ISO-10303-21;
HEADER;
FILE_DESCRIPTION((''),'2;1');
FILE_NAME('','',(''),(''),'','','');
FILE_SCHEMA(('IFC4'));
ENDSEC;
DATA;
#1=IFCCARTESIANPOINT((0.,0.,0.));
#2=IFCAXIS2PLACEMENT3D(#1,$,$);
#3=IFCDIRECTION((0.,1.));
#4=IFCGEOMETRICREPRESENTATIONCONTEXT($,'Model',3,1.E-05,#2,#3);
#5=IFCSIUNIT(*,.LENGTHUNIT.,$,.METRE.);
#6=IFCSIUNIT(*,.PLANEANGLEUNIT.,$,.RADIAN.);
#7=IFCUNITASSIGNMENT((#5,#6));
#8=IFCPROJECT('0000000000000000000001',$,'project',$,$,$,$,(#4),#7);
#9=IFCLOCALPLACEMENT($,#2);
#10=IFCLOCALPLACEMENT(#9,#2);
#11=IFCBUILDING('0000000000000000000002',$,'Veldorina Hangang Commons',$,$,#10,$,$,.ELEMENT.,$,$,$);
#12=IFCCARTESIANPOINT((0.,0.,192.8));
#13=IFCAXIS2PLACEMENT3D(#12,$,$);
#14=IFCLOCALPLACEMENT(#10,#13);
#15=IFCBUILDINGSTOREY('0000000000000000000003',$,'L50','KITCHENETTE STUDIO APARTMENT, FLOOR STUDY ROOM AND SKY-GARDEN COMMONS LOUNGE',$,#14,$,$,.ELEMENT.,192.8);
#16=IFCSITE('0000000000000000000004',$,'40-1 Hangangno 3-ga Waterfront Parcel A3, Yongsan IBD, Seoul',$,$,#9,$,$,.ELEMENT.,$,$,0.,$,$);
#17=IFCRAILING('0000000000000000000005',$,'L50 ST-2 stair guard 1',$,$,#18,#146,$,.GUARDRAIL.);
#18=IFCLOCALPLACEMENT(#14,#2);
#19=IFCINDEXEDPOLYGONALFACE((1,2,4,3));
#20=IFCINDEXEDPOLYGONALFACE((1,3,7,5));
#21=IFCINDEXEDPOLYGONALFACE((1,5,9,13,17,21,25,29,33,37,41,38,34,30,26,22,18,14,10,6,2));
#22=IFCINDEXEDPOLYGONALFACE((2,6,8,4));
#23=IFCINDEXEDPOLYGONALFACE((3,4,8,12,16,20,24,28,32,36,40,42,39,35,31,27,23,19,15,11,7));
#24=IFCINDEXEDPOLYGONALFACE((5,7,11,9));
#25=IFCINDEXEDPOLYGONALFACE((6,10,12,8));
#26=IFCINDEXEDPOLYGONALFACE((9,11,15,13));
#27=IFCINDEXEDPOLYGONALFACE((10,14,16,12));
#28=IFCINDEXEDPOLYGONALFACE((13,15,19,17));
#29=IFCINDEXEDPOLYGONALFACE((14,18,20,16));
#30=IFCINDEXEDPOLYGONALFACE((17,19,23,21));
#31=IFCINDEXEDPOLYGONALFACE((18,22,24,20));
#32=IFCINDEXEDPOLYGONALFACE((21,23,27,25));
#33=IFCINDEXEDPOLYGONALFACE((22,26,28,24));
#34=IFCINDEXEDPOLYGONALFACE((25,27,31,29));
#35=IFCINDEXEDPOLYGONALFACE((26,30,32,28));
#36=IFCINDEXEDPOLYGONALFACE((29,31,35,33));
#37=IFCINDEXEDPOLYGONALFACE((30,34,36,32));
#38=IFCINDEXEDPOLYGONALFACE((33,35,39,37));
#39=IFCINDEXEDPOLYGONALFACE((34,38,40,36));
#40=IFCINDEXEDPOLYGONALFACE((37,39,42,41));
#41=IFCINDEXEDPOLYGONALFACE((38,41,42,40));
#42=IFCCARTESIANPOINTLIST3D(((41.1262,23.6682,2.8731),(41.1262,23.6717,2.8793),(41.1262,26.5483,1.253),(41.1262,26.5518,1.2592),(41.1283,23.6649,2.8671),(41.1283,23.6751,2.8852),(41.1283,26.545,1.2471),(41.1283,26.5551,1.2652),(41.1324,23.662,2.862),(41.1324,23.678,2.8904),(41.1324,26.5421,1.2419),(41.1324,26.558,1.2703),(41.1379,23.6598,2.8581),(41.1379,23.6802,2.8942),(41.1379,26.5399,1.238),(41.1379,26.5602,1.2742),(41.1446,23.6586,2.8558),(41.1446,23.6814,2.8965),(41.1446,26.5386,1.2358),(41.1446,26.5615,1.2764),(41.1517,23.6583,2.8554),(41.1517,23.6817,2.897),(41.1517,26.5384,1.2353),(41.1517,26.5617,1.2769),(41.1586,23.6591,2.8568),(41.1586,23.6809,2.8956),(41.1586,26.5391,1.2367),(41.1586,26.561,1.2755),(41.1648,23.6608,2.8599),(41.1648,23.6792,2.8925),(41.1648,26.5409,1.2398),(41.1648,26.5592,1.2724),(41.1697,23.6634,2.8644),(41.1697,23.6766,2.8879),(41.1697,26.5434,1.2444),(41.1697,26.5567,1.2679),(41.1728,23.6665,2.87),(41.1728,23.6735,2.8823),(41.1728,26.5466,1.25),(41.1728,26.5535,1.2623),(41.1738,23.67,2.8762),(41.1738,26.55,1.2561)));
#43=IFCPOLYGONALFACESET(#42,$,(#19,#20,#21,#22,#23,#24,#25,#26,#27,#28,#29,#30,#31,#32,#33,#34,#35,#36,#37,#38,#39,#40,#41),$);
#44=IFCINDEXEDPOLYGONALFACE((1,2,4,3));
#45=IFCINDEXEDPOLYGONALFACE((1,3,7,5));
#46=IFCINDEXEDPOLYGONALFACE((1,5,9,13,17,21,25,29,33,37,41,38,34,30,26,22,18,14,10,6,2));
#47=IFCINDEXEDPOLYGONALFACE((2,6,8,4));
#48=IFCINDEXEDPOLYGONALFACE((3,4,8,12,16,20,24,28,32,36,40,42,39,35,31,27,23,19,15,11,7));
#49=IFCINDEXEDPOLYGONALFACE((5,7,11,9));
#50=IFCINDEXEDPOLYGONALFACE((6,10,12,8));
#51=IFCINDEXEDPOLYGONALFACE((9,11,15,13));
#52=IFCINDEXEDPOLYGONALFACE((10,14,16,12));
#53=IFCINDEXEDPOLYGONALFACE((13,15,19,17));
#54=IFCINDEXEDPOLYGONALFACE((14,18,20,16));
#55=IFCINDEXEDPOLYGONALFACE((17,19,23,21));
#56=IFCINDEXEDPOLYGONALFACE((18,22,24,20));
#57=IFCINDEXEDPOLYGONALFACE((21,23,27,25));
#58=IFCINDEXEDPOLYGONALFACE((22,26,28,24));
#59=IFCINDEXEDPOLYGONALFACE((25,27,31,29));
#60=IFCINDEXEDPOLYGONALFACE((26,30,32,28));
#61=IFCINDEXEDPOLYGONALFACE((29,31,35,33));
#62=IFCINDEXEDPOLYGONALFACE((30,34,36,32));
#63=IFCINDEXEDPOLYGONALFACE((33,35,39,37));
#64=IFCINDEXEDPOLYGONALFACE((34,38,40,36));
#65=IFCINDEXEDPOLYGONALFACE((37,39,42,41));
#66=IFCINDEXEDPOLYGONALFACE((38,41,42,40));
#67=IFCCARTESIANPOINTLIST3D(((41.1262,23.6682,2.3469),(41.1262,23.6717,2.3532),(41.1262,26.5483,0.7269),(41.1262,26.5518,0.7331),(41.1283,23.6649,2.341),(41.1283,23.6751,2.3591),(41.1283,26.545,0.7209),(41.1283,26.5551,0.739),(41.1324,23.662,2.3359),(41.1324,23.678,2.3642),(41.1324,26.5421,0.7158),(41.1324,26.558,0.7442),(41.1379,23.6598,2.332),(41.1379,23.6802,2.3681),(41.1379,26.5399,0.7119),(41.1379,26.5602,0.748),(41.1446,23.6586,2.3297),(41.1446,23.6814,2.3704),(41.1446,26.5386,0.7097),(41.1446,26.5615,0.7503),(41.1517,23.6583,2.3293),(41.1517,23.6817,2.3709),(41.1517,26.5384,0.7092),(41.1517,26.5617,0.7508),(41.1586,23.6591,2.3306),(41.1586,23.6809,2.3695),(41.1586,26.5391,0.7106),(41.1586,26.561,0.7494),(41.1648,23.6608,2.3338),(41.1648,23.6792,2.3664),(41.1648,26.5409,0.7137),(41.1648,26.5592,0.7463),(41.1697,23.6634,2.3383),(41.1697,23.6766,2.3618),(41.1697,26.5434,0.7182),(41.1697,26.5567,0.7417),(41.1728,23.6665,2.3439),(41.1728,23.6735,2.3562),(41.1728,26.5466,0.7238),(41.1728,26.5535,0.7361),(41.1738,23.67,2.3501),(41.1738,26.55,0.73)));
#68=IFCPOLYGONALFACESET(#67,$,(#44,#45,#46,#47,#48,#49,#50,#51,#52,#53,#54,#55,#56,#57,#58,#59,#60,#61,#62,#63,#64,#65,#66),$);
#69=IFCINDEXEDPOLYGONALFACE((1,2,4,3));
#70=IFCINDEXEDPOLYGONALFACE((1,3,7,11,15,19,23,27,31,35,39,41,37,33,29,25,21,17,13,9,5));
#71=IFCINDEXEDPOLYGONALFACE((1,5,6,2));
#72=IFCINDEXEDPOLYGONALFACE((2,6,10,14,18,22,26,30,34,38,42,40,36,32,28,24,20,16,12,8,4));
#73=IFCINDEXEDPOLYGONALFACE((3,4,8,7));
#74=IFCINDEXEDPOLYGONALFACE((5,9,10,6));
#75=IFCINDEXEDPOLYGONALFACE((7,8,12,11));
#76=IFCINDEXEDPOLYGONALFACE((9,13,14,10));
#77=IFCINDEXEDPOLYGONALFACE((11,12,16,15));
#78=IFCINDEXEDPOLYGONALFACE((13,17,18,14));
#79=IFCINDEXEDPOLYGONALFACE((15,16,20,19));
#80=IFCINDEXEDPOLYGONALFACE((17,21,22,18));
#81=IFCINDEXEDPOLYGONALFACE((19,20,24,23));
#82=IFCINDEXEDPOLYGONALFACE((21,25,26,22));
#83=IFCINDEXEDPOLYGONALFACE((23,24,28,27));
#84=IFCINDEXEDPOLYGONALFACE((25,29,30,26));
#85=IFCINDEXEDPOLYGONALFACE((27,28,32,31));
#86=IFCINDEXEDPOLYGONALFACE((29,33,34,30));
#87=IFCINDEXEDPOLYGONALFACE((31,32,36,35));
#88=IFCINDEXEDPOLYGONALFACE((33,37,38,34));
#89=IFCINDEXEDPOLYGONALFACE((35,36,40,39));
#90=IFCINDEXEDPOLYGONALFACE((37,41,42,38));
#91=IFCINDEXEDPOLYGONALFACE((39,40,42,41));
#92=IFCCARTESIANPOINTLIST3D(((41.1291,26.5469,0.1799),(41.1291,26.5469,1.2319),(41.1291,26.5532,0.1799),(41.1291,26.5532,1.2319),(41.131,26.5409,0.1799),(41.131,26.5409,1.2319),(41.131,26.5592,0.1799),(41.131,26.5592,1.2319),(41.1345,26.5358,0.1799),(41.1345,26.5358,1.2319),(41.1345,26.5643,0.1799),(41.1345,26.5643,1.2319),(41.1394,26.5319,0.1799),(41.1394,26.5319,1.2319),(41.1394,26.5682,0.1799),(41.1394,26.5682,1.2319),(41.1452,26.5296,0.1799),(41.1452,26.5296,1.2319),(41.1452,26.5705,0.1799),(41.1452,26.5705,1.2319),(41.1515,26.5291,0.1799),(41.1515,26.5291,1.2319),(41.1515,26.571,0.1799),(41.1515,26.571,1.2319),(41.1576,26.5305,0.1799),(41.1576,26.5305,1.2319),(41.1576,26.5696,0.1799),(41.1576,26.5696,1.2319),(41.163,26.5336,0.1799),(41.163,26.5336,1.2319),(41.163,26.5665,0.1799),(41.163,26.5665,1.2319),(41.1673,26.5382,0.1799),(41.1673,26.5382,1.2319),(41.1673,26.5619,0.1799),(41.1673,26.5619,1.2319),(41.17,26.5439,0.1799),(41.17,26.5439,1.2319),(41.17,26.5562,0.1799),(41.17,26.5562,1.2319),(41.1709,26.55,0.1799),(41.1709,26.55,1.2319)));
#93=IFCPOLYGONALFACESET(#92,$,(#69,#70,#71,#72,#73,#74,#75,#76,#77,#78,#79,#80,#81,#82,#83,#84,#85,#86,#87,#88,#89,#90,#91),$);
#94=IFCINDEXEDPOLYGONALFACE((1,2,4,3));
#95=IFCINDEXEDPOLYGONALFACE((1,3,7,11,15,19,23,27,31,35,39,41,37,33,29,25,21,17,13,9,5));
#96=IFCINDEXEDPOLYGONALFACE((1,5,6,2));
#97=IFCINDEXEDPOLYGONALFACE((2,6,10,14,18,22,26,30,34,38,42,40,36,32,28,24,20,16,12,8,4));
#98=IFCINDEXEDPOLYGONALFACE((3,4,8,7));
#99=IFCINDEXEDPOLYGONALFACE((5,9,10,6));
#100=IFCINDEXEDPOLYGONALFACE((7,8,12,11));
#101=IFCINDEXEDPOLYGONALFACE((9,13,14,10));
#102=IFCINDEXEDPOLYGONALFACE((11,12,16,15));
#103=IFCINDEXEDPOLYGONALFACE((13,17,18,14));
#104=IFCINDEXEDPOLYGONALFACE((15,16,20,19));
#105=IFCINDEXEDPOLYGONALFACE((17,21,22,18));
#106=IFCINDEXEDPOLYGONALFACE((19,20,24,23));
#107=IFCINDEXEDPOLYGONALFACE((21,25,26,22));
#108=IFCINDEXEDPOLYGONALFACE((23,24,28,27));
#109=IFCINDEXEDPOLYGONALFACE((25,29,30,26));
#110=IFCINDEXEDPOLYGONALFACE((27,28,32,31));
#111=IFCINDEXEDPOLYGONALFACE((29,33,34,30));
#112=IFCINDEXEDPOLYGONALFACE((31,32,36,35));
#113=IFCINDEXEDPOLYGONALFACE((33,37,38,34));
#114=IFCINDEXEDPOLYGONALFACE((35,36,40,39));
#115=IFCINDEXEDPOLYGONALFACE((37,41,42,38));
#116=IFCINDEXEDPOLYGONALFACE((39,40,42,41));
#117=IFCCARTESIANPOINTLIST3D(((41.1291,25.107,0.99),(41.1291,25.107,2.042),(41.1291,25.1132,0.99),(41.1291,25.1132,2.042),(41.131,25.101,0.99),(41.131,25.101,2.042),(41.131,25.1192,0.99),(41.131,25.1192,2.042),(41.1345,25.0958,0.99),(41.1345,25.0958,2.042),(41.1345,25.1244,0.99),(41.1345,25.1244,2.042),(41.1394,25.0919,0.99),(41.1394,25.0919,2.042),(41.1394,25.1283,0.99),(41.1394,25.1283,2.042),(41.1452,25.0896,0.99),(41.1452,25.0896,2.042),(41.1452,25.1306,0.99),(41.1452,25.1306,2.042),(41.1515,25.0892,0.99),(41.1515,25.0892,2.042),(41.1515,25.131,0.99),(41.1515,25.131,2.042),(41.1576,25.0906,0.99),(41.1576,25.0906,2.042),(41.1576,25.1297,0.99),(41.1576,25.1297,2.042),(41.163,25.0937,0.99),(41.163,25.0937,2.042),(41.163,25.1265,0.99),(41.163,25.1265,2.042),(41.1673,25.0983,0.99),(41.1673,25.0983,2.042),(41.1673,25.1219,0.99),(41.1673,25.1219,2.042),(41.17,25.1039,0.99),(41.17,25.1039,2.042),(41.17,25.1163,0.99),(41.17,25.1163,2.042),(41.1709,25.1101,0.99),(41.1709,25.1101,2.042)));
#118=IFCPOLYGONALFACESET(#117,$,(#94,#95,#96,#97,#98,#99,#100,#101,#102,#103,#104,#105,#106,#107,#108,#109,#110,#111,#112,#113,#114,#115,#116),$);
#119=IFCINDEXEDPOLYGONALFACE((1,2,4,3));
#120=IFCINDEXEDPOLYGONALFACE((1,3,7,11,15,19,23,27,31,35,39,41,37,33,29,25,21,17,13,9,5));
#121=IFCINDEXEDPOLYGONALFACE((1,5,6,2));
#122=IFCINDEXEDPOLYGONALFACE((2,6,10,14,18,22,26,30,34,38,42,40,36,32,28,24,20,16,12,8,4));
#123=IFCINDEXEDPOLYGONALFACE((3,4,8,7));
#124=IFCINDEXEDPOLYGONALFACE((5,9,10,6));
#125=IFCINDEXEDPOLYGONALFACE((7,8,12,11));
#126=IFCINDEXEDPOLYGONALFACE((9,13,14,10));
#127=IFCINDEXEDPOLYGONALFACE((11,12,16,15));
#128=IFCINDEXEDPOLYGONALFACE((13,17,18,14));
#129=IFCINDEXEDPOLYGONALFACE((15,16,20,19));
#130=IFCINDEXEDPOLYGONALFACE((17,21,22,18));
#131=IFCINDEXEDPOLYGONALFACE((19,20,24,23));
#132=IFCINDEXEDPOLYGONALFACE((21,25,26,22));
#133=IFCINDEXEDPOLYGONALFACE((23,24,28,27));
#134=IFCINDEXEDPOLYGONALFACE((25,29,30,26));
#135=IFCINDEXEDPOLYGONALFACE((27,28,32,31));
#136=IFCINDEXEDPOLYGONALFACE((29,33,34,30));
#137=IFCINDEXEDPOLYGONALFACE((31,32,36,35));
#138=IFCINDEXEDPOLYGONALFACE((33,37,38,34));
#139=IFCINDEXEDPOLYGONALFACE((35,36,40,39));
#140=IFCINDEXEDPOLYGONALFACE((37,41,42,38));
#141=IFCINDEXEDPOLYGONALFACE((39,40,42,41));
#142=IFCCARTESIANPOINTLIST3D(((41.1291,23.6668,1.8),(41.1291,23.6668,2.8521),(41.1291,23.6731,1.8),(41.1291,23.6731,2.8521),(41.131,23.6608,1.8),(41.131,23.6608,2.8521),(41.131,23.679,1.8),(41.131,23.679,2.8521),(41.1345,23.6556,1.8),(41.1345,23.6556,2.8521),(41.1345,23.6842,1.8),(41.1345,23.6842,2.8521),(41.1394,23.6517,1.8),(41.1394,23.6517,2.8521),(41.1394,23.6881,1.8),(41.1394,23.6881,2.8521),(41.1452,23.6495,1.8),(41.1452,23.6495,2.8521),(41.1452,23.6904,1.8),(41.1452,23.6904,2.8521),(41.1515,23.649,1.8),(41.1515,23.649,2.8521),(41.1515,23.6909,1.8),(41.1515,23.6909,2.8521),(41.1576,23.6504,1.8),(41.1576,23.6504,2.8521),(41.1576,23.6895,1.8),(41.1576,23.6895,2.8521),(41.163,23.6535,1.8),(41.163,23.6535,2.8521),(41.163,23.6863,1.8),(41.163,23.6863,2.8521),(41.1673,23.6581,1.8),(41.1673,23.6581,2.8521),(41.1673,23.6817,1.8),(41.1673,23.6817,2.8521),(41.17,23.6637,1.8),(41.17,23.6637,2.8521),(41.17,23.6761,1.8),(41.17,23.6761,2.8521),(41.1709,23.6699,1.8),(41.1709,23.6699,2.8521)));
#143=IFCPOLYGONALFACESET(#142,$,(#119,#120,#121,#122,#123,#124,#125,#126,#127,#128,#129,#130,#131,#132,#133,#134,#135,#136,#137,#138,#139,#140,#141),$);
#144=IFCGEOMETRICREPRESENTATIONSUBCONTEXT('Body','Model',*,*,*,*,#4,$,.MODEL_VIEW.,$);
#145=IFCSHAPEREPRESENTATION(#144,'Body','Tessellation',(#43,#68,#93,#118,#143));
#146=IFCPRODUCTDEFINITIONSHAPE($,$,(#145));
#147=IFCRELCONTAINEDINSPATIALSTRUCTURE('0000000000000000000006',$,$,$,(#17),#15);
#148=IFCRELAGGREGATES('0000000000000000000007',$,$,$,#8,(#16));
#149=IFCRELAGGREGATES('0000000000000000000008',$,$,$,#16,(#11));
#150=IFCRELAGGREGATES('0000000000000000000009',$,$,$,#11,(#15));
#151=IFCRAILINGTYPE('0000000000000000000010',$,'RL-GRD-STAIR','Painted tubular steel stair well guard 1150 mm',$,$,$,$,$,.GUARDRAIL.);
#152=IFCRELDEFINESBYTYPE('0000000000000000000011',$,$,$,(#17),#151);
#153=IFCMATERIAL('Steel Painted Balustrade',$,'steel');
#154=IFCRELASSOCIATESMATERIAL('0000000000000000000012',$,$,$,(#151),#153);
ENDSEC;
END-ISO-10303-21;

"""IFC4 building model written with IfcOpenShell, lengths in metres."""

from ifc_helpers import new_model, si_unit, direction, frame, origin, origin_2d, place, context, subcontext, project, spatial, circle, extrude, material, type_object, element, save


model = new_model("IFC4")

# Units and contexts
model_context = context("Model", 3, precision=1e-05, world=origin(), true_north=direction((0.0, 1.0)))
body_context = subcontext(model_context, "Body", "Model", "MODEL_VIEW")
ifc_project = project(units=[si_unit("LENGTHUNIT", "METRE"), si_unit("PLANEANGLEUNIT", "RADIAN")], contexts=[model_context])

# Site, building, storey
site_placement = place(None, origin())
site = spatial("IfcSite", under=ifc_project, at=site_placement, Name="40-1 Hangangno 3-ga Waterfront Parcel A3, Yongsan IBD, Seoul", CompositionType="ELEMENT", RefElevation=0.0)
building_placement = place(site_placement, origin())
building = spatial("IfcBuilding", under=site, at=building_placement, Name="Veldorina Hangang Commons", CompositionType="ELEMENT")
storey_placement = place(building_placement, frame((0.0, 0.0, 192.8)))
storey = spatial("IfcBuildingStorey", under=building, at=storey_placement, Name="L50", Description="KITCHENETTE STUDIO APARTMENT, FLOOR STUDY ROOM AND SKY-GARDEN COMMONS LOUNGE", CompositionType="ELEMENT", Elevation=192.8)

# Railing
ifc_material_1 = material(Name="Steel Painted Balustrade", Category="steel")
railing_type_1 = type_object("IfcRailingType", Name="RL-GRD-STAIR", Description="Painted tubular steel stair well guard 1150 mm", PredefinedType="GUARDRAIL", material=ifc_material_1)
railing_1_placement = place(storey_placement, frame((41.1499, 26.55, 0.1799)))
element("IfcRailing", 1, at=railing_1_placement, inside=storey, type_object=railing_type_1, Name="L50 ST-2 stair guard 1", PredefinedType="GUARDRAIL", context=body_context, shape_type="SweptSolid", body=[
    extrude(circle(Radius=0.0239, at=origin_2d()), frame((0.0, 0.0, 1.0762), z_axis=(0.0, -0.87157, 0.490272), x_axis=(1.0, 0.0, 0.0)), (0.0, 0.0, 1.0), 3.3044),
    extrude(circle(Radius=0.0239, at=origin_2d()), frame((0.0, 0.0, 0.55), z_axis=(0.0, -0.87157, 0.490272), x_axis=(1.0, 0.0, 0.0)), (0.0, 0.0, 1.0), 3.3044),
    extrude(circle(Radius=0.021, at=origin_2d()), origin(), (0.0, 0.0, 1.0), 1.052),
    extrude(circle(Radius=0.021, at=origin_2d()), frame((0.0, -1.4399, 0.8101)), (0.0, 0.0, 1.0), 1.052),
    extrude(circle(Radius=0.021, at=origin_2d()), frame((0.0, -2.8801, 1.6201)), (0.0, 0.0, 1.0), 1.052),
])

save(model, "model.ifc")
